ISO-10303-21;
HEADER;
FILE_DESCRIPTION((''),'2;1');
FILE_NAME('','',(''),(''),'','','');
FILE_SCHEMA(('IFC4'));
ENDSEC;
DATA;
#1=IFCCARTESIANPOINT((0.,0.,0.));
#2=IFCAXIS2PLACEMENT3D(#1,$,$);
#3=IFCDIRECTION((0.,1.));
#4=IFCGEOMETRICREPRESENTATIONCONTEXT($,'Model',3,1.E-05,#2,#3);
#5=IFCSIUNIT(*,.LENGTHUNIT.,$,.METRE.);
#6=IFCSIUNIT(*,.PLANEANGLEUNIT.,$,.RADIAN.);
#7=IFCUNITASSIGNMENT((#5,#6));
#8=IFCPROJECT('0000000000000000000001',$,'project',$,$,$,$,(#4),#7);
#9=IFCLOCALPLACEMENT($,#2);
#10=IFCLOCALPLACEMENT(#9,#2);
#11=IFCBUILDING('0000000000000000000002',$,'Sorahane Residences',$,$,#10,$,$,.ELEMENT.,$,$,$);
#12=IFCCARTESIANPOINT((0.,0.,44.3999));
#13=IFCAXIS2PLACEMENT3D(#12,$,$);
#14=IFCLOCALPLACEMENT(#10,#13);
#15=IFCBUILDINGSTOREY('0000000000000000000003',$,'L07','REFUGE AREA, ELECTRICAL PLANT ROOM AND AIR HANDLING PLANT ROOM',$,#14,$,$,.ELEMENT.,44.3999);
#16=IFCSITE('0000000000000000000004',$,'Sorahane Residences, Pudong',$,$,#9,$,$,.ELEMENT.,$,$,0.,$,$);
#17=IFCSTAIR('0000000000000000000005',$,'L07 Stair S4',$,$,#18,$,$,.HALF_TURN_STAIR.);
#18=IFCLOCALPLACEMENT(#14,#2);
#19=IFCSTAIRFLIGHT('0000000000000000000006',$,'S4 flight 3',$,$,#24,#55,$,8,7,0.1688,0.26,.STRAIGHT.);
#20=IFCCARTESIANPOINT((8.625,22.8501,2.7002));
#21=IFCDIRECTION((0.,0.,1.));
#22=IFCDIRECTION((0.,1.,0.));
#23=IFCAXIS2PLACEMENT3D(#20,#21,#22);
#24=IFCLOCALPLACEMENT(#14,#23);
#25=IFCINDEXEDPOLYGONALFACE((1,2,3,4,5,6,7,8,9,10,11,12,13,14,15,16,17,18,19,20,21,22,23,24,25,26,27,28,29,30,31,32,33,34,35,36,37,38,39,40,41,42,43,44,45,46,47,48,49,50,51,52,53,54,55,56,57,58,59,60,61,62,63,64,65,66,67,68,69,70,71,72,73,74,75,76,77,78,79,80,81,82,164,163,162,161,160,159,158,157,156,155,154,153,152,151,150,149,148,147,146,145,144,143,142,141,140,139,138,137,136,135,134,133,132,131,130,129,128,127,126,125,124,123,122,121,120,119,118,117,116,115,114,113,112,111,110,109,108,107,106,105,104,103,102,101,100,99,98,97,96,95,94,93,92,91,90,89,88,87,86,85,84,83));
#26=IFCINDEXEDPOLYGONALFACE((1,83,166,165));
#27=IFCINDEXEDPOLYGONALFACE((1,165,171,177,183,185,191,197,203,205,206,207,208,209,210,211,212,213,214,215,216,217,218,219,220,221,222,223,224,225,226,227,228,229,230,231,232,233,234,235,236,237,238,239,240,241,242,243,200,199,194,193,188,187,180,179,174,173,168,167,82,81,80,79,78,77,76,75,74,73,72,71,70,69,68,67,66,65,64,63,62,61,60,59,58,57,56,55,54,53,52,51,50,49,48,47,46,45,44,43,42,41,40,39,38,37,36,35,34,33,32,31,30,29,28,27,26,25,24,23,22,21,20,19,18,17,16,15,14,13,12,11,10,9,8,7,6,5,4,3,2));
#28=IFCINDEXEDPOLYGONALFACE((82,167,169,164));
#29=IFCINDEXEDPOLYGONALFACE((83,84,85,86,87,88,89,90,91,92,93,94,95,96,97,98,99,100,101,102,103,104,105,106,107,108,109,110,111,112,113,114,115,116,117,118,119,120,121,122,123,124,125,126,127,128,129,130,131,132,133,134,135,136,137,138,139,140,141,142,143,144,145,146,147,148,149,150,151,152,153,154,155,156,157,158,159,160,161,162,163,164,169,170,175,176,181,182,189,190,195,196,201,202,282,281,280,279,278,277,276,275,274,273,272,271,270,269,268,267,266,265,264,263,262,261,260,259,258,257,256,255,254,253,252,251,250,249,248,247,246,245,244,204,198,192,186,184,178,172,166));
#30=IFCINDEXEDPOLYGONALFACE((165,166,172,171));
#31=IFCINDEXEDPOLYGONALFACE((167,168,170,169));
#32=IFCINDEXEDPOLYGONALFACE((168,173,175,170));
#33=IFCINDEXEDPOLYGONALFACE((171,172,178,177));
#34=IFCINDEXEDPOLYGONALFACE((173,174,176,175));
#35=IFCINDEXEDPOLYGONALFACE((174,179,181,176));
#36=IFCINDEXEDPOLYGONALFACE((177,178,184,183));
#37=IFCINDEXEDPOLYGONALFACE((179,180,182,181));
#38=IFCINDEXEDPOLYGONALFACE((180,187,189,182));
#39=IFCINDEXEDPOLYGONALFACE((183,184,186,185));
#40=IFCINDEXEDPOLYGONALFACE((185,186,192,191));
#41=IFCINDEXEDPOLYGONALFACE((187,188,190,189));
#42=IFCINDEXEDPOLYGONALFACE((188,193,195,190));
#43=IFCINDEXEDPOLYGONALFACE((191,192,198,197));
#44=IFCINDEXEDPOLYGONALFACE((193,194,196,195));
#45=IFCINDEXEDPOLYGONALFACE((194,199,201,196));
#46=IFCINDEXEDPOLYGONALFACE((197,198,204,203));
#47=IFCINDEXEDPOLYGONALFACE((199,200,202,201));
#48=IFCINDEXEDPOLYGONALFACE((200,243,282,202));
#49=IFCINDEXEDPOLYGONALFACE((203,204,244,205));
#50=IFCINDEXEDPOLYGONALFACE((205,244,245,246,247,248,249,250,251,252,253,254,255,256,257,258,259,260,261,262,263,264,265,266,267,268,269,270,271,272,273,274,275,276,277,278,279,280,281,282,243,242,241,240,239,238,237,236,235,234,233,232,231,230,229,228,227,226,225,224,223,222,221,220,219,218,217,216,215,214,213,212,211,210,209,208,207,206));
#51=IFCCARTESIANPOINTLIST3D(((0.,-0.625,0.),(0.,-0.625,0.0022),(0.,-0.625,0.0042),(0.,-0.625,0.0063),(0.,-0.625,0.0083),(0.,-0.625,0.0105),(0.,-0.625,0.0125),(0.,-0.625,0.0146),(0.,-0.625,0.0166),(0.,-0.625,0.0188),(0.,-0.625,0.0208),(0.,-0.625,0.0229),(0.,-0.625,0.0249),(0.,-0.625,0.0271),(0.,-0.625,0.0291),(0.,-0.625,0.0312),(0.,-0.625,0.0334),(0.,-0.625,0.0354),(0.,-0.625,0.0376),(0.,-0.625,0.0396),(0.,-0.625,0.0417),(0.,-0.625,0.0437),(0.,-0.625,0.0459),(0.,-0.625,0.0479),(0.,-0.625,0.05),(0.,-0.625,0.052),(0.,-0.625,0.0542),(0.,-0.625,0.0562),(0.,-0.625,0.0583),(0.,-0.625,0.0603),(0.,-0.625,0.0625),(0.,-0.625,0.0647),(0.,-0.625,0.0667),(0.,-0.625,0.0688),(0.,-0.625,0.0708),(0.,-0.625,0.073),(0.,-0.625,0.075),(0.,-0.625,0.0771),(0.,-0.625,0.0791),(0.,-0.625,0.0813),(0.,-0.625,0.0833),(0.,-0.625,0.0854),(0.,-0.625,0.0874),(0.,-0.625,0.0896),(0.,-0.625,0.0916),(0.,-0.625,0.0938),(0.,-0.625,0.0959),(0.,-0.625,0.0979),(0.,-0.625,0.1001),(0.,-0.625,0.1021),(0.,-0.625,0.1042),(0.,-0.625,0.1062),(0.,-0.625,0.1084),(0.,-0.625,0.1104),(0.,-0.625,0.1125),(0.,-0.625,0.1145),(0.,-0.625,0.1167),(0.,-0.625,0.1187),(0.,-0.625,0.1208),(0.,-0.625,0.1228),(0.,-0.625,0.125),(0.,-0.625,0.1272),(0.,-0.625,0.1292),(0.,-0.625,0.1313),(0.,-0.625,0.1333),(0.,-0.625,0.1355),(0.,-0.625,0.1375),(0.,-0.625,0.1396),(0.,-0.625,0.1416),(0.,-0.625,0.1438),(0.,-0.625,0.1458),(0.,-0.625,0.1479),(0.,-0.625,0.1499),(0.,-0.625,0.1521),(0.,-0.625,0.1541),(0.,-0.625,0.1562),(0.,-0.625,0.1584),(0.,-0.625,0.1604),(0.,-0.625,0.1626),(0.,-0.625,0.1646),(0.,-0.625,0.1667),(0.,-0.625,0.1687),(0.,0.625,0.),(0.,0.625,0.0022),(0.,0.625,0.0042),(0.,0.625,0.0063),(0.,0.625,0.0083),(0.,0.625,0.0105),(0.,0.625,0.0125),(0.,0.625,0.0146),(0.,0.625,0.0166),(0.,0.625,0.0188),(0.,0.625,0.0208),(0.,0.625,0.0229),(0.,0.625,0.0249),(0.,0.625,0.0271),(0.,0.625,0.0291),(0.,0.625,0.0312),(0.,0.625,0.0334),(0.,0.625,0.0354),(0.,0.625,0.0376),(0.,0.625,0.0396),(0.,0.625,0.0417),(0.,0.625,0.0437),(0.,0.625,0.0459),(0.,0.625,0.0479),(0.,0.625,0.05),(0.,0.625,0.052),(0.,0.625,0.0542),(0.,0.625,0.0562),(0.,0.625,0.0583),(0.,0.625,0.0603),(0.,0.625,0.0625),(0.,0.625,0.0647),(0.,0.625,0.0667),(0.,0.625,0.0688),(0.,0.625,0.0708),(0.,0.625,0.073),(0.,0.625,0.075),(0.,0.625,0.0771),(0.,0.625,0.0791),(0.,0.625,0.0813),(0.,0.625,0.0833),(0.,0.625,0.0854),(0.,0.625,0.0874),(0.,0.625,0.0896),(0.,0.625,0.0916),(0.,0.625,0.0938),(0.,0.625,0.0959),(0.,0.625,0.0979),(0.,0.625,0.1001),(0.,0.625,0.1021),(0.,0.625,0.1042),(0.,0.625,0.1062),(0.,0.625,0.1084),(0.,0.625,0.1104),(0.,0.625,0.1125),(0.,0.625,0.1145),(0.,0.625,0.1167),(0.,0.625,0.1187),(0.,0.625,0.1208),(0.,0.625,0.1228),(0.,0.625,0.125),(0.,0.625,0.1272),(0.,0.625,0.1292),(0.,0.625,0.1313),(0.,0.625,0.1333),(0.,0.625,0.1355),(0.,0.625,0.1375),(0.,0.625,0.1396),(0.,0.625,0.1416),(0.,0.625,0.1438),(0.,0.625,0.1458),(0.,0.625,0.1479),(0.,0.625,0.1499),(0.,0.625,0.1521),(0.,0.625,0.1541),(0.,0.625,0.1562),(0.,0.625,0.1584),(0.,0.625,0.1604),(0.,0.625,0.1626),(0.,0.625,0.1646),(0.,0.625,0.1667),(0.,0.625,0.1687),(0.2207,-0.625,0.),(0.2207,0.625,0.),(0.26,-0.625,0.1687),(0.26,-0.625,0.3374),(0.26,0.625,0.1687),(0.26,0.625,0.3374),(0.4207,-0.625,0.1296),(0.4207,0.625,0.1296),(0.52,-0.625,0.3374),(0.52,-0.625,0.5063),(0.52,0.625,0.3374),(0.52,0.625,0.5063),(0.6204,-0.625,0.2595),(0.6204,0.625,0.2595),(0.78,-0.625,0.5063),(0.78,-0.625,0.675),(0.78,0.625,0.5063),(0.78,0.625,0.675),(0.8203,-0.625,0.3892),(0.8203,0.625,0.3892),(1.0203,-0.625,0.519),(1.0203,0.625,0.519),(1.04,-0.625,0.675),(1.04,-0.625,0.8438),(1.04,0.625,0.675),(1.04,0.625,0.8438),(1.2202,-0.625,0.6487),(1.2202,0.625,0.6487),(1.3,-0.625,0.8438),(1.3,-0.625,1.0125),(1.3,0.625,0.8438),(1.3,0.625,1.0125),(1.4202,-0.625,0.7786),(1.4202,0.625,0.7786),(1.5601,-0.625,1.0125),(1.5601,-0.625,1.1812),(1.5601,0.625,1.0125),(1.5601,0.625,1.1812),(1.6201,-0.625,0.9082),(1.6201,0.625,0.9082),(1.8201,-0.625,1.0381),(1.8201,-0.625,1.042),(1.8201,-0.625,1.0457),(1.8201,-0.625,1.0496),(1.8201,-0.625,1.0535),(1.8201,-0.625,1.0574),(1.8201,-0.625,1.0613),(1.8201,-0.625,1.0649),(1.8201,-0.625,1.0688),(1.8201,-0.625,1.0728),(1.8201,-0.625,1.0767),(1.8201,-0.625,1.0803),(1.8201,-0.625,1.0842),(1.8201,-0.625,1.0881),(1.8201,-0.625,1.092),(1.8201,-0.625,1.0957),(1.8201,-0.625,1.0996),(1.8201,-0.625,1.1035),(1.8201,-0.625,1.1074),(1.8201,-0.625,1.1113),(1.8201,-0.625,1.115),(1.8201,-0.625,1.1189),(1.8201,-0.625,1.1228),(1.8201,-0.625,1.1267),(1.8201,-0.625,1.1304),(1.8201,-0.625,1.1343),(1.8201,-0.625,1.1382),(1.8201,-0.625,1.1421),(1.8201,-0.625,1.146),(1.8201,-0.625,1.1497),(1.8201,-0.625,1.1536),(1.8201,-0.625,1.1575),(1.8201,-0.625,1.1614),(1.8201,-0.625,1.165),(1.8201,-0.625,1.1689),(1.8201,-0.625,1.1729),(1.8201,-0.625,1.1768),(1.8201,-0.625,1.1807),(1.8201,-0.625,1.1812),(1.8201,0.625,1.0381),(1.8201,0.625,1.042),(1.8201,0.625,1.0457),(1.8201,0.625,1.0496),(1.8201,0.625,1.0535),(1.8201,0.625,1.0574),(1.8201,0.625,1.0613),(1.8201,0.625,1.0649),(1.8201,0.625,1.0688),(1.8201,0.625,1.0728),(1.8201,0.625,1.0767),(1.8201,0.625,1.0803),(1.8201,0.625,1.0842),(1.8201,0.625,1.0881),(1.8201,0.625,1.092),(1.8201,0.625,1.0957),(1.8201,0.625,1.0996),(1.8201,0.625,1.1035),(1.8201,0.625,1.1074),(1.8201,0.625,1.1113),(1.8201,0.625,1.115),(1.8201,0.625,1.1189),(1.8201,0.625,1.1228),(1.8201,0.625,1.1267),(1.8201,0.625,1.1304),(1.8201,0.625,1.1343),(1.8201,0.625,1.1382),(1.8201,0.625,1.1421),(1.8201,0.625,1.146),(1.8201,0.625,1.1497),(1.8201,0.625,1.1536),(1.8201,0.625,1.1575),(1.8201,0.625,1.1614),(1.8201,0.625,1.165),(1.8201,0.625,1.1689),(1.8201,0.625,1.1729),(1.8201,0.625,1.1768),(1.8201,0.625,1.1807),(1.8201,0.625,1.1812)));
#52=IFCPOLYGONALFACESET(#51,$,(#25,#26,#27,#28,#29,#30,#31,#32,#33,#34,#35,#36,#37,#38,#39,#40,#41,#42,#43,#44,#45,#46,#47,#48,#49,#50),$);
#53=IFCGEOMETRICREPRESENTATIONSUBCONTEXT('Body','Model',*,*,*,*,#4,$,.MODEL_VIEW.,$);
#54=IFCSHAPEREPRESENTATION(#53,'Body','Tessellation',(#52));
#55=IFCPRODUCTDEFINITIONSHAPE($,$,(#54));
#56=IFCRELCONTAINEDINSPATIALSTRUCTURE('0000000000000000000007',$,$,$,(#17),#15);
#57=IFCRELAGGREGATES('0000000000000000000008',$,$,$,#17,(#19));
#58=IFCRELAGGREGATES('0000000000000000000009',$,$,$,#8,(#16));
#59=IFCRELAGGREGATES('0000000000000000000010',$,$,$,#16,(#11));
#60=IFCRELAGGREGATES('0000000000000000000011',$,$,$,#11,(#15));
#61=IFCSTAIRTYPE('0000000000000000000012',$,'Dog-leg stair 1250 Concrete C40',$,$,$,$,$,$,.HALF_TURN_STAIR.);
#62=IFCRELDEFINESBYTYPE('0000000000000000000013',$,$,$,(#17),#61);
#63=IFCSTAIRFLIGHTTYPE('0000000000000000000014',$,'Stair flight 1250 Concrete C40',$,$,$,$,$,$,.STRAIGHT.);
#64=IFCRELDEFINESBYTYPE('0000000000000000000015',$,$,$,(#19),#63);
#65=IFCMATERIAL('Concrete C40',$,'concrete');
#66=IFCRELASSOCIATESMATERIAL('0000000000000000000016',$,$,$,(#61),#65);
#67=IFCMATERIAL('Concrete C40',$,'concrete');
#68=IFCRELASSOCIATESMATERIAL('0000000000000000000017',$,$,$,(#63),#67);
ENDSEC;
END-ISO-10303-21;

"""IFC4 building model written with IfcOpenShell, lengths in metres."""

from ifc_helpers import new_model, si_unit, direction, frame, origin, place, context, subcontext, project, spatial, polyline, outline, extrude, material, type_object, element, aggregate, save


model = new_model("IFC4")

# Units and contexts
model_context = context("Model", 3, precision=1e-05, world=origin(), true_north=direction((0.0, 1.0)))
body_context = subcontext(model_context, "Body", "Model", "MODEL_VIEW")
ifc_project = project(units=[si_unit("LENGTHUNIT", "METRE"), si_unit("PLANEANGLEUNIT", "RADIAN")], contexts=[model_context])

# Site, building, storey
site_placement = place(None, origin())
site = spatial("IfcSite", under=ifc_project, at=site_placement, Name="Sorahane Residences, Pudong", CompositionType="ELEMENT", RefElevation=0.0)
building_placement = place(site_placement, origin())
building = spatial("IfcBuilding", under=site, at=building_placement, Name="Sorahane Residences", CompositionType="ELEMENT")
storey_placement = place(building_placement, frame((0.0, 0.0, 44.3999)))
storey = spatial("IfcBuildingStorey", under=building, at=storey_placement, Name="L07", Description="REFUGE AREA, ELECTRICAL PLANT ROOM AND AIR HANDLING PLANT ROOM", CompositionType="ELEMENT", Elevation=44.3999)

# Stair, stair flight
ifc_material_1 = material(Name="Concrete C40", Category="concrete")
stair_type = type_object("IfcStairType", Name="Dog-leg stair 1250 Concrete C40", PredefinedType="HALF_TURN_STAIR", material=ifc_material_1)
stair_placement = place(storey_placement, origin())
stair = element("IfcStair", 1, at=stair_placement, inside=storey, type_object=stair_type, Name="L07 Stair S4", PredefinedType="HALF_TURN_STAIR")
ifc_material_2 = material(Name="Concrete C40", Category="concrete")
stair_flight_type = type_object("IfcStairFlightType", Name="Stair flight 1250 Concrete C40", PredefinedType="STRAIGHT", material=ifc_material_2)
stair_flight_1_placement = place(storey_placement, frame((8.625, 22.8501, 2.7002), z_axis=(0.0, 0.0, 1.0), x_axis=(0.0, 1.0, 0.0)))
stair_flight_1 = element("IfcStairFlight", 2, at=stair_flight_1_placement, type_object=stair_flight_type, Name="S4 flight 3", NumberOfRisers=8, NumberOfTreads=7, PredefinedType="STRAIGHT", RiserHeight=0.1688, TreadLength=0.26, context=body_context, shape_type="SweptSolid", body=[
    extrude(outline(polyline([(0.0, 0.0), (0.0, 0.0022), (0.0, 0.0042), (0.0, 0.0063), (0.0, 0.0083), (0.0, 0.0105), (0.0, 0.0125), (0.0, 0.0146), (0.0, 0.0166), (0.0, 0.0188), (0.0, 0.0208), (0.0, 0.0229), (0.0, 0.0249), (0.0, 0.0271), (0.0, 0.0291), (0.0, 0.0312), (0.0, 0.0334), (0.0, 0.0354), (0.0, 0.0376), (0.0, 0.0396), (0.0, 0.0417), (0.0, 0.0437), (0.0, 0.0459), (0.0, 0.0479), (0.0, 0.05), (0.0, 0.052), (0.0, 0.0542), (0.0, 0.0562), (0.0, 0.0583), (0.0, 0.0603), (0.0, 0.0625), (0.0, 0.0647), (0.0, 0.0667), (0.0, 0.0688), (0.0, 0.0708), (0.0, 0.073), (0.0, 0.075), (0.0, 0.0771), (0.0, 0.0791), (0.0, 0.0813), (0.0, 0.0833), (0.0, 0.0854), (0.0, 0.0874), (0.0, 0.0896), (0.0, 0.0916), (0.0, 0.0938), (0.0, 0.0959), (0.0, 0.0979), (0.0, 0.1001), (0.0, 0.1021), (0.0, 0.1042), (0.0, 0.1062), (0.0, 0.1084), (0.0, 0.1104), (0.0, 0.1125), (0.0, 0.1145), (0.0, 0.1167), (0.0, 0.1187), (0.0, 0.1208), (0.0, 0.1228), (0.0, 0.125), (0.0, 0.1272), (0.0, 0.1292), (0.0, 0.1313), (0.0, 0.1333), (0.0, 0.1355), (0.0, 0.1375), (0.0, 0.1396), (0.0, 0.1416), (0.0, 0.1438), (0.0, 0.1458), (0.0, 0.1479), (0.0, 0.1499), (0.0, 0.1521), (0.0, 0.1541), (0.0, 0.1562), (0.0, 0.1584), (0.0, 0.1604), (0.0, 0.1626), (0.0, 0.1646), (0.0, 0.1667), (0.0, 0.1687), (0.26, 0.1687), (0.26, 0.3374), (0.52, 0.3374), (0.52, 0.5063), (0.78, 0.5063), (0.78, 0.675), (1.04, 0.675), (1.04, 0.8438), (1.3, 0.8438), (1.3, 1.0125), (1.5601, 1.0125), (1.5601, 1.1812), (1.8201, 1.1812), (1.8201, 1.3501), (1.8201, 1.3462), (1.8201, 1.3423), (1.8201, 1.3384), (1.8201, 1.3347), (1.8201, 1.3308), (1.8201, 1.3269), (1.8201, 1.323), (1.8201, 1.3191), (1.8201, 1.3154), (1.8201, 1.3115), (1.8201, 1.3076), (1.8201, 1.3037), (1.8201, 1.3), (1.8201, 1.2961), (1.8201, 1.2922), (1.8201, 1.2883), (1.8201, 1.2844), (1.8201, 1.2808), (1.8201, 1.2769), (1.8201, 1.2729), (1.8201, 1.269), (1.8201, 1.2654), (1.8201, 1.2615), (1.8201, 1.2576), (1.8201, 1.2537), (1.8201, 1.2498), (1.8201, 1.2461), (1.8201, 1.2422), (1.8201, 1.2383), (1.8201, 1.2344), (1.8201, 1.2307), (1.8201, 1.2268), (1.8201, 1.2229), (1.8201, 1.219), (1.8201, 1.2151), (1.8201, 1.2114), (1.8201, 1.2075), (1.8201, 1.2036), (1.8201, 1.1997), (1.8201, 1.196), (1.8201, 1.1921), (1.8201, 1.1882), (1.8201, 1.1843), (1.8201, 1.1807), (1.8201, 1.1768), (1.8201, 1.1729), (1.8201, 1.1689), (1.8201, 1.165), (1.8201, 1.1614), (1.8201, 1.1575), (1.8201, 1.1536), (1.8201, 1.1497), (1.8201, 1.146), (1.8201, 1.1421), (1.8201, 1.1382), (1.8201, 1.1343), (1.8201, 1.1304), (1.8201, 1.1267), (1.8201, 1.1228), (1.8201, 1.1189), (1.8201, 1.115), (1.8201, 1.1113), (1.8201, 1.1074), (1.8201, 1.1035), (1.8201, 1.0996), (1.8201, 1.0957), (1.8201, 1.092), (1.8201, 1.0881), (1.8201, 1.0842), (1.8201, 1.0803), (1.8201, 1.0767), (1.8201, 1.0728), (1.8201, 1.0688), (1.8201, 1.0649), (1.8201, 1.0613), (1.8201, 1.0574), (1.8201, 1.0535), (1.8201, 1.0496), (1.8201, 1.0457), (1.8201, 1.042), (1.8201, 1.0381), (1.6201, 0.9082), (1.4202, 0.7786), (1.2202, 0.6487), (1.0203, 0.519), (0.8203, 0.3892), (0.6204, 0.2595), (0.4207, 0.1296), (0.2207, 0.0), (0.0, 0.0)])), frame((0.0, 0.625, 0.0), z_axis=(0.0, -1.0, 0.0), x_axis=(1.0, 0.0, 0.0)), (0.0, 0.0, 1.0), 1.25),
])
aggregate(stair, [stair_flight_1])

save(model, "model.ifc")
